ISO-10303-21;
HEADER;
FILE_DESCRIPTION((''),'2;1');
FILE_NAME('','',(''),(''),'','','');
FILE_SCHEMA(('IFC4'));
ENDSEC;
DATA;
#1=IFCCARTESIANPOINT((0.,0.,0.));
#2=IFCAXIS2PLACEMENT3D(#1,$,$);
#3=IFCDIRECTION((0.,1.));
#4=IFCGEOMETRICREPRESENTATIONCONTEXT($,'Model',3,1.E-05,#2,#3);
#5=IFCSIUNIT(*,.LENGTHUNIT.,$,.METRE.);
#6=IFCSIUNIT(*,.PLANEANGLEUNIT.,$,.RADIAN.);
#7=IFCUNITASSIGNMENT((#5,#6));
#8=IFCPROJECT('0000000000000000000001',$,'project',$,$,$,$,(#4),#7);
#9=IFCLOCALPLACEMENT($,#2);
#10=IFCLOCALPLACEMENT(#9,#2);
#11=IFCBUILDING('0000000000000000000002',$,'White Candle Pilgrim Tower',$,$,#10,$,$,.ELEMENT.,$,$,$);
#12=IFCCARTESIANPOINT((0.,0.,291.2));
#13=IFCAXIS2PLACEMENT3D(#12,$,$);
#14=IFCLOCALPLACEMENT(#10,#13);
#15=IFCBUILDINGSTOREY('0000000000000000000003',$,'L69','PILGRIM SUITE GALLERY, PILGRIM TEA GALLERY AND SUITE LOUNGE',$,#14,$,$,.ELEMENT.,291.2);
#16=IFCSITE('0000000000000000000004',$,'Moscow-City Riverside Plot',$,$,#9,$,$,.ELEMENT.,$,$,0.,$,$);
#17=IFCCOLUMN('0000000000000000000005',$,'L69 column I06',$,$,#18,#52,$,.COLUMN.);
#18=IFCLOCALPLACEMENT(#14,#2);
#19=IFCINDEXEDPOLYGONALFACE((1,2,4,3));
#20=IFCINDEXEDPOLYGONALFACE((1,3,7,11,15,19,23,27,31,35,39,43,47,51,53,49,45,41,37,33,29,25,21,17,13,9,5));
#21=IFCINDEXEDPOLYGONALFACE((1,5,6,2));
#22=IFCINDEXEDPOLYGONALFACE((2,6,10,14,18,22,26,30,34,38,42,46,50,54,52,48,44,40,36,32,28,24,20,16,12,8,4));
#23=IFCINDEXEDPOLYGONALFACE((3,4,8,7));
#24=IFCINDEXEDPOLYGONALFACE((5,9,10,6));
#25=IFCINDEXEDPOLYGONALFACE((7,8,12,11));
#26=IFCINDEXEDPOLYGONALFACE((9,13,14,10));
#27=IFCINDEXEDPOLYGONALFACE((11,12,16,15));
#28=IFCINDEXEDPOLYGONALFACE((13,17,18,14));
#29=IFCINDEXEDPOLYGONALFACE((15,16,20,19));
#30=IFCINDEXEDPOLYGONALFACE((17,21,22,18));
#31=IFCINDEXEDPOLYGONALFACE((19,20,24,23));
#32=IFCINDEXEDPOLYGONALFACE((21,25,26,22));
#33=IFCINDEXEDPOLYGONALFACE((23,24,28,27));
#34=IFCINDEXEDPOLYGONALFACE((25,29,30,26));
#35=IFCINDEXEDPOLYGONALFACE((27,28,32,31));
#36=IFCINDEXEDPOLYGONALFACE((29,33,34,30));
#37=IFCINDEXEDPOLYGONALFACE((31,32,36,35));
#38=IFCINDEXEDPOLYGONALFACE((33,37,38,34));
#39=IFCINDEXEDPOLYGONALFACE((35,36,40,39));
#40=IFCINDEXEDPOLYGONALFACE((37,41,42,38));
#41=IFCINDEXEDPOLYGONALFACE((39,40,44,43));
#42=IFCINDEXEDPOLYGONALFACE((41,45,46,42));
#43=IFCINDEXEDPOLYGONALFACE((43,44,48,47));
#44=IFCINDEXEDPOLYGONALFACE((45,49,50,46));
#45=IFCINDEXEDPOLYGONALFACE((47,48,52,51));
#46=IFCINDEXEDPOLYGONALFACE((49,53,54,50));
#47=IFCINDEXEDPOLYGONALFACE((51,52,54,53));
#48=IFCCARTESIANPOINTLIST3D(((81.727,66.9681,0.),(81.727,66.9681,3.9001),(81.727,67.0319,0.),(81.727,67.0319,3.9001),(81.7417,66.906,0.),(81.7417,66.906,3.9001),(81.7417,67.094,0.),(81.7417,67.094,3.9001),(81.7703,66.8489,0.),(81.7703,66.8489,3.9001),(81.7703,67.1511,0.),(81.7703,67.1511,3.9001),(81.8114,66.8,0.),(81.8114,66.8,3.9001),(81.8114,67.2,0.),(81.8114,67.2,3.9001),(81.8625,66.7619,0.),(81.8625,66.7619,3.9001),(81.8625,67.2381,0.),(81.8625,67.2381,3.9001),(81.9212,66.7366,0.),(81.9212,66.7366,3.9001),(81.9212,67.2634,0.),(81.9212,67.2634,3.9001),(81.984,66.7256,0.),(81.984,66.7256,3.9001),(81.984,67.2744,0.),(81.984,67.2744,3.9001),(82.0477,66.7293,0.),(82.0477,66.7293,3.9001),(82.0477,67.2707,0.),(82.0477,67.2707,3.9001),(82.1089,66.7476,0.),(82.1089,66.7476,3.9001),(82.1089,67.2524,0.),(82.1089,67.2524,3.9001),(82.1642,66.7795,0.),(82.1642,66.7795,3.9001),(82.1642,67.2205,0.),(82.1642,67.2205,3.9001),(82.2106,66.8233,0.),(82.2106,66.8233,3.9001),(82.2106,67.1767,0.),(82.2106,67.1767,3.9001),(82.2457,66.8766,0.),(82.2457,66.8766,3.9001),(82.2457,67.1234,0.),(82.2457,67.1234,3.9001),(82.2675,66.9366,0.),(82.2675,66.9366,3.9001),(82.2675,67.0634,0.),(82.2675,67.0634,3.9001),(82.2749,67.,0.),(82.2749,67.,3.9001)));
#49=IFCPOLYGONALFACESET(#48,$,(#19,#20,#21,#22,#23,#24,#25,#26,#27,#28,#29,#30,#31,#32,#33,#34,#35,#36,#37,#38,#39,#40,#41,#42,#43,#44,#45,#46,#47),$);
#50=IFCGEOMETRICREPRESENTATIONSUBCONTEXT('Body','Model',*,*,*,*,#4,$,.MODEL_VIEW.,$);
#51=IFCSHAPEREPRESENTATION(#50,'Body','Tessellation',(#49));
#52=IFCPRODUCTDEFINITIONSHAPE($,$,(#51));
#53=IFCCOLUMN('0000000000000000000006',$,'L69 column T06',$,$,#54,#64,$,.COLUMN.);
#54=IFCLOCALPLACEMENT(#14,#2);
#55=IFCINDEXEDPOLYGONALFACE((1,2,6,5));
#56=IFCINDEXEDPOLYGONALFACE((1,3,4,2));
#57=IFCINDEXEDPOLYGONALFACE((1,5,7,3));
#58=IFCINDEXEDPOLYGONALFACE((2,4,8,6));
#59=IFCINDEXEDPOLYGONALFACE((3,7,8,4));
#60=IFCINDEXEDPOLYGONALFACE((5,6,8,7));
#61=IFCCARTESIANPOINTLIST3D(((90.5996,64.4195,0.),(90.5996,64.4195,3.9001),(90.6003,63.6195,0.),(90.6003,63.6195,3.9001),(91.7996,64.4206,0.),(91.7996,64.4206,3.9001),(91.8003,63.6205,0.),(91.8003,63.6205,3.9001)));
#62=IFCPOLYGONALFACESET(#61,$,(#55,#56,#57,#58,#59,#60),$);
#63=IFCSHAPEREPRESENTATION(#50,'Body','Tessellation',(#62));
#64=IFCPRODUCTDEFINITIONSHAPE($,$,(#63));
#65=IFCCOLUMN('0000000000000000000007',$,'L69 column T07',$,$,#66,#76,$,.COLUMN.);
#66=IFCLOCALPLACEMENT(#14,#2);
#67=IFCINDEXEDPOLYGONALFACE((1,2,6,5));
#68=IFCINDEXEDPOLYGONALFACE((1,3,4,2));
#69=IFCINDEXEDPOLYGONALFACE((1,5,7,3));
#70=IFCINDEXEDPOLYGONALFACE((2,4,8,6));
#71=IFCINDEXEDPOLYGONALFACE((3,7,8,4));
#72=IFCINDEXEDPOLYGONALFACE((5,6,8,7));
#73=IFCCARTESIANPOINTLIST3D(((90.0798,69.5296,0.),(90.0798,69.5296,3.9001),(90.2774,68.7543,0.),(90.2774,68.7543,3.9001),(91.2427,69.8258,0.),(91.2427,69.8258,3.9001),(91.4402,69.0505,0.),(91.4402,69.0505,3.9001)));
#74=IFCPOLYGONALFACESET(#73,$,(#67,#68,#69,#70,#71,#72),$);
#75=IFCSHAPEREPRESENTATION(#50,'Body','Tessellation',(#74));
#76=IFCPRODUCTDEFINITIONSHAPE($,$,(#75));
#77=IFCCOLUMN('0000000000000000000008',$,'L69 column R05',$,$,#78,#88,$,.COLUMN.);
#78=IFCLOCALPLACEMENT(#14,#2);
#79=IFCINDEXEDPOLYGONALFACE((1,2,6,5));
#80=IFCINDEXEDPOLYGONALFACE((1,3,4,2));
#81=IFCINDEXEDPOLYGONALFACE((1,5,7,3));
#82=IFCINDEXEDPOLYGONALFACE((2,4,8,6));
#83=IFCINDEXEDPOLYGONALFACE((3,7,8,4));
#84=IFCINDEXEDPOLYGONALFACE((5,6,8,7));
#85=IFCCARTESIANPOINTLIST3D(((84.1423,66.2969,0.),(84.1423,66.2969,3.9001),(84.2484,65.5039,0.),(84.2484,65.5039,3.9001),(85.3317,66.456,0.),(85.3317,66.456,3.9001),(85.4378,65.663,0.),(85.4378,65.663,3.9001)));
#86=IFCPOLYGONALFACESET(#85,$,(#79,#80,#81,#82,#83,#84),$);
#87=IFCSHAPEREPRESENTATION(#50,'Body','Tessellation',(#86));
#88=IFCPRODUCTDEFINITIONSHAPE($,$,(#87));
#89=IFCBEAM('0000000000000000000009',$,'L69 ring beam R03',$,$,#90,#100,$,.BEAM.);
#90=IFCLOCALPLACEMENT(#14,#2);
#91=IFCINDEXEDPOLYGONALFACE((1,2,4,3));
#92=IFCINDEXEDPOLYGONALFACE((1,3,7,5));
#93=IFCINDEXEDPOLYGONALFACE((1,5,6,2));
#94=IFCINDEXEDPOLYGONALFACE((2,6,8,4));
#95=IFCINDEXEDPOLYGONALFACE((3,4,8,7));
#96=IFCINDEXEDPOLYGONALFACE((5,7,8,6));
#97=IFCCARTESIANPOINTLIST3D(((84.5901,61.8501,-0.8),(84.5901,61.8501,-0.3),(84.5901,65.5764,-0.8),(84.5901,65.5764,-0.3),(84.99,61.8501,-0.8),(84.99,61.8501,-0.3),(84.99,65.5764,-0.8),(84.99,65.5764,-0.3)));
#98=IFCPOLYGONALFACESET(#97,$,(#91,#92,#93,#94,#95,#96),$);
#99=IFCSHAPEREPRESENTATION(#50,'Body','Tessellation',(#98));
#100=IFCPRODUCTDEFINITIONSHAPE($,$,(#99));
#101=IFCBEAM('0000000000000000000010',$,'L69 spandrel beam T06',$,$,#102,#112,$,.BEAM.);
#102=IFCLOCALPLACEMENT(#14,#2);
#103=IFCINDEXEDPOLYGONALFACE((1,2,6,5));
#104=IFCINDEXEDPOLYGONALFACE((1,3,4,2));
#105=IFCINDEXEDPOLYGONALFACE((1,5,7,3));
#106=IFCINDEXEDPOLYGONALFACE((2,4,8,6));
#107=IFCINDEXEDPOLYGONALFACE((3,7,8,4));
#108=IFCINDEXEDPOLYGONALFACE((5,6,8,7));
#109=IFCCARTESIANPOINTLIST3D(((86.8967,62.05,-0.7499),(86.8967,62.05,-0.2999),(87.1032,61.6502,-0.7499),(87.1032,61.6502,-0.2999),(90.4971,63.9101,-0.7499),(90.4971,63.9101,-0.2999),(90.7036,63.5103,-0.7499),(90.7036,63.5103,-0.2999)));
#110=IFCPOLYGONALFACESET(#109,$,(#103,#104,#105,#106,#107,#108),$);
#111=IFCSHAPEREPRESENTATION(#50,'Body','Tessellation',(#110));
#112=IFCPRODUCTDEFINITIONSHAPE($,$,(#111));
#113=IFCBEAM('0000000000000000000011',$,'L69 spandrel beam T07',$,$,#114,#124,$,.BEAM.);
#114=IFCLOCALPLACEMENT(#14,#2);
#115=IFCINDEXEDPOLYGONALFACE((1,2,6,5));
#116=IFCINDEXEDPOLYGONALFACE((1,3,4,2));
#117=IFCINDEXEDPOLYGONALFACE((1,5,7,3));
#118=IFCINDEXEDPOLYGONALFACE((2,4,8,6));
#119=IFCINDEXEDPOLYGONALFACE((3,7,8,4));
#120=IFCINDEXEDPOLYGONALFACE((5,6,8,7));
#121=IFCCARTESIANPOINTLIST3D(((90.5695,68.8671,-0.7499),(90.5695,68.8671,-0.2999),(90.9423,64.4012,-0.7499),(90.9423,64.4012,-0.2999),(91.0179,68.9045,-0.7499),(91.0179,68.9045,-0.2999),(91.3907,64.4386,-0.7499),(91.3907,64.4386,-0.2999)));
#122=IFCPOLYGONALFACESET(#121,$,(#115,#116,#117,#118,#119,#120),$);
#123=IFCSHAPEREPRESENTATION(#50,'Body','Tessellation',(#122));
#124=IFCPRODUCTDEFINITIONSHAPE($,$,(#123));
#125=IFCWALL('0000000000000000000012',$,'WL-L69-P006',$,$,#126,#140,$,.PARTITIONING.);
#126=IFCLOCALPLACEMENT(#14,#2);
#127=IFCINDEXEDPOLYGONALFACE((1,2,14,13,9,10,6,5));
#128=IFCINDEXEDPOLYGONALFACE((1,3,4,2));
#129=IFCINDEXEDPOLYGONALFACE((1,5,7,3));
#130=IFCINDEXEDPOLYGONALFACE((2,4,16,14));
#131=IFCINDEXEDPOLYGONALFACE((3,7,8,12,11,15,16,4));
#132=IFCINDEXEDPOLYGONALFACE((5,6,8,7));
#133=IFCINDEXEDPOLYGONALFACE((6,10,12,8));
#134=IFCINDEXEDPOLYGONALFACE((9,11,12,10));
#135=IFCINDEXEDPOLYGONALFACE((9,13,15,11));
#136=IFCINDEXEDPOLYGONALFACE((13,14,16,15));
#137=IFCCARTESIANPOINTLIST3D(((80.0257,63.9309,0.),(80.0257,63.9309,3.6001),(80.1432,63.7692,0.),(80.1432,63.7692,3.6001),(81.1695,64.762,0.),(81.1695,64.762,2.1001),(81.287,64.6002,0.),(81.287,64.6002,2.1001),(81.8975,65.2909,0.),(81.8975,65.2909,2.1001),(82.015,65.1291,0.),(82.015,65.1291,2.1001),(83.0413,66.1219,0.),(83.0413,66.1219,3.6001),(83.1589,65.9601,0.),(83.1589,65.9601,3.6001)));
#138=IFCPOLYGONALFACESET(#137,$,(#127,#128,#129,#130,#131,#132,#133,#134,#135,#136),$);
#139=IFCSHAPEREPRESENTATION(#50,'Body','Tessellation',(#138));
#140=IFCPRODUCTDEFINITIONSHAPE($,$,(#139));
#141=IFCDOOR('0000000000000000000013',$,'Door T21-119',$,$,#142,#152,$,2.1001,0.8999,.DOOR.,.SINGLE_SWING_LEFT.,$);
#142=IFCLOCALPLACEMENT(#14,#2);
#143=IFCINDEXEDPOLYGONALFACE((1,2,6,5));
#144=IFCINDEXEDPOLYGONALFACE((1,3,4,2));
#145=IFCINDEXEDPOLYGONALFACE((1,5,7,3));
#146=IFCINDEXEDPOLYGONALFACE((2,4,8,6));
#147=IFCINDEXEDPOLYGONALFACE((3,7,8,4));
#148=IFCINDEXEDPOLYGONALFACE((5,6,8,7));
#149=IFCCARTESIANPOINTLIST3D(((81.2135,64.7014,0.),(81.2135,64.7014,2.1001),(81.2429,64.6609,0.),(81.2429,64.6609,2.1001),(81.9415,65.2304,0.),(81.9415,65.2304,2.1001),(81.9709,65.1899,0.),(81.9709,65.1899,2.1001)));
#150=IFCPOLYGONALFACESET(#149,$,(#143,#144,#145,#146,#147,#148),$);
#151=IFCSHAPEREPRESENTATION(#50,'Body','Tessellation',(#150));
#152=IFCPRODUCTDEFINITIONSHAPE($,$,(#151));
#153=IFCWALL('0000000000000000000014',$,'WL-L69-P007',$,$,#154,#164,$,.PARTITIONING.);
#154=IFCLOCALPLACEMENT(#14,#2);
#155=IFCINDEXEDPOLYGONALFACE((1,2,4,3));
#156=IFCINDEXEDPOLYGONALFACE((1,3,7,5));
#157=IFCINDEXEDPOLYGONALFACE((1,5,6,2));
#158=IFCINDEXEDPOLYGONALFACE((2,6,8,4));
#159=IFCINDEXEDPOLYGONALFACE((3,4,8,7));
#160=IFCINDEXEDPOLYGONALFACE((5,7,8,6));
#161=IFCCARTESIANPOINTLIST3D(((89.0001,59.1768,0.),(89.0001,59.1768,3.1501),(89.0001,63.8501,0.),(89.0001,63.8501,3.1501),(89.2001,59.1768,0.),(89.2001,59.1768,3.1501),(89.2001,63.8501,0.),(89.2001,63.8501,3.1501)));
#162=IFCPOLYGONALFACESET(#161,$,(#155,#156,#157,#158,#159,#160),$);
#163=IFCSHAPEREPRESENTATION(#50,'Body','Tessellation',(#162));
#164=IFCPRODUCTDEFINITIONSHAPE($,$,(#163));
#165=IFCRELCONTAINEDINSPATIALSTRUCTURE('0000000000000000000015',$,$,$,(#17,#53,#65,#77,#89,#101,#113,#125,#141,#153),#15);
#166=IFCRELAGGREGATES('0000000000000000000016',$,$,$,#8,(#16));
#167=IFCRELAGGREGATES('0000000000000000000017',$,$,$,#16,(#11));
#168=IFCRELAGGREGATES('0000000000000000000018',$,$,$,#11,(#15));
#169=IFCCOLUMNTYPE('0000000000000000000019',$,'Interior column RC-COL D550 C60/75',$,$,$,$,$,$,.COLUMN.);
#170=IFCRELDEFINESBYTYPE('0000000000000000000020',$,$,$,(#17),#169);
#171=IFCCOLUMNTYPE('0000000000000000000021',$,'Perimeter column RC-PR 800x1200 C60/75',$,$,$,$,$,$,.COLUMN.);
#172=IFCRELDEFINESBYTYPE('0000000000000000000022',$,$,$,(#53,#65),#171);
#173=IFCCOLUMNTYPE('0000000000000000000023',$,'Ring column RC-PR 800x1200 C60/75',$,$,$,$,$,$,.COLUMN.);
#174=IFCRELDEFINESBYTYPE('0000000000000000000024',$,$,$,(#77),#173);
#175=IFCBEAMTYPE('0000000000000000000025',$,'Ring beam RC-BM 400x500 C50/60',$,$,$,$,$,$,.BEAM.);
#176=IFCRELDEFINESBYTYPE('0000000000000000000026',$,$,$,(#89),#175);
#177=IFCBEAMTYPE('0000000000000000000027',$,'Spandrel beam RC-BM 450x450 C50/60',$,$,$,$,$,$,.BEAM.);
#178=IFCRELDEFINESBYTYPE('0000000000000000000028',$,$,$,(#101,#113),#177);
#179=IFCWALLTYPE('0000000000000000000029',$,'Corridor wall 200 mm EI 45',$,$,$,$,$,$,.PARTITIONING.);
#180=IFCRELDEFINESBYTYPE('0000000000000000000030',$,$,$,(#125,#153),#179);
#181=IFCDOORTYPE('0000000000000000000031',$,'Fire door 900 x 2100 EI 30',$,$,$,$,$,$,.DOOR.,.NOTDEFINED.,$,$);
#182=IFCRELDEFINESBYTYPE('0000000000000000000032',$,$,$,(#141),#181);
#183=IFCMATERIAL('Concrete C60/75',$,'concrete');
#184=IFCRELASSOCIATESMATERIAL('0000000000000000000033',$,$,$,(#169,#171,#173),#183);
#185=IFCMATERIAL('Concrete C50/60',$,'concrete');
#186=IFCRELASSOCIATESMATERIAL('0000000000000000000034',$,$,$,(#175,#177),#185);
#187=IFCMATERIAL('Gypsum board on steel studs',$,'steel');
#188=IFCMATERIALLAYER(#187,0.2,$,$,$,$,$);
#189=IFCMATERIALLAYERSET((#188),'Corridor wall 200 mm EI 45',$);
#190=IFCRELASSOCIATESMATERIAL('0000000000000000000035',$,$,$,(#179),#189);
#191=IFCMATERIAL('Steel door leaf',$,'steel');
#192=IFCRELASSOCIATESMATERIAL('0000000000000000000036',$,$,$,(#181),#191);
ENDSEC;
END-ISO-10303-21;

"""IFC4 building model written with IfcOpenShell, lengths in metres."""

from ifc_helpers import new_model, si_unit, direction, frame, frame_2d, origin, origin_2d, place, context, subcontext, project, spatial, rectangle, circle, extrude, material, layer, layer_set, material_profile, profile_set, type_object, element, fill, save


model = new_model("IFC4")

# Units and contexts
model_context = context("Model", 3, precision=1e-05, world=origin(), true_north=direction((0.0, 1.0)))
body_context = subcontext(model_context, "Body", "Model", "MODEL_VIEW")
ifc_project = project(units=[si_unit("LENGTHUNIT", "METRE"), si_unit("PLANEANGLEUNIT", "RADIAN")], contexts=[model_context])

# Site, building, storey
site_placement = place(None, origin())
site = spatial("IfcSite", under=ifc_project, at=site_placement, Name="Moscow-City Riverside Plot", CompositionType="ELEMENT", RefElevation=0.0)
building_placement = place(site_placement, origin())
building = spatial("IfcBuilding", under=site, at=building_placement, Name="White Candle Pilgrim Tower", CompositionType="ELEMENT")
storey_placement = place(building_placement, frame((0.0, 0.0, 291.2)))
storey = spatial("IfcBuildingStorey", under=building, at=storey_placement, Name="L69", Description="PILGRIM SUITE GALLERY, PILGRIM TEA GALLERY AND SUITE LOUNGE", CompositionType="ELEMENT", Elevation=291.2)

# Columns
ifc_material_1 = material(Name="Concrete C60/75", Category="concrete")
ifc_material_profile_1 = material_profile(ifc_material_1, circle(Radius=0.2749, at=origin_2d()), Name="RC-COL D550")
ifc_profile_set_1 = profile_set([ifc_material_profile_1], Name="Concrete C60/75")
column_type_1 = type_object("IfcColumnType", Name="Interior column RC-COL D550 C60/75", PredefinedType="COLUMN", material=ifc_profile_set_1)
column_1_placement = place(storey_placement, frame((82.0, 67.0, 0.0), z_axis=(0.0, 0.0, 1.0), x_axis=(1.0, 0.0, 0.0)))
element("IfcColumn", 1, at=column_1_placement, inside=storey, type_object=column_type_1, Name="L69 column I06", PredefinedType="COLUMN", context=body_context, shape_type="SweptSolid", body=[
    extrude(circle(Radius=0.2749, at=origin_2d()), origin(), (0.0, 0.0, 1.0), 3.9001),
])
ifc_material_profile_2 = material_profile(ifc_material_1, rectangle(XDim=0.8, YDim=1.2, at=origin_2d()), Name="RC-PR 800x1200")
ifc_profile_set_2 = profile_set([ifc_material_profile_2], Name="Concrete C60/75")
column_type_2 = type_object("IfcColumnType", Name="Perimeter column RC-PR 800x1200 C60/75", PredefinedType="COLUMN", material=ifc_profile_set_2)
for number, where, z_axis, x_axis, name in (
    (2, (91.2, 64.02, 0.0), (0.0, 0.0, 1.0), (0.000855, -1.0, 0.0), "L69 column T06"),
    (3, (90.76, 69.29, 0.0), (0.0, 0.0, 1.0), (0.246881, -0.969046, 0.0), "L69 column T07"),
):
    element("IfcColumn", number, at=place(storey_placement, frame(where, z_axis=z_axis, x_axis=x_axis)), inside=storey, type_object=column_type_2, Name=name, PredefinedType="COLUMN", context=body_context, shape_type="SweptSolid", body=[
        extrude(rectangle(XDim=0.8, YDim=1.2, at=origin_2d()), origin(), (0.0, 0.0, 1.0), 3.9001),
    ])
ifc_material_profile_3 = material_profile(ifc_material_1, rectangle(XDim=0.8, YDim=1.2, at=origin_2d()), Name="RC-PR 800x1200")
ifc_profile_set_3 = profile_set([ifc_material_profile_3], Name="Concrete C60/75")
column_type_3 = type_object("IfcColumnType", Name="Ring column RC-PR 800x1200 C60/75", PredefinedType="COLUMN", material=ifc_profile_set_3)
column_2_placement = place(storey_placement, frame((84.79, 65.98, 0.0), z_axis=(0.0, 0.0, 1.0), x_axis=(0.132602, -0.991169, 0.0)))
element("IfcColumn", 4, at=column_2_placement, inside=storey, type_object=column_type_3, Name="L69 column R05", PredefinedType="COLUMN", context=body_context, shape_type="SweptSolid", body=[
    extrude(rectangle(XDim=0.8, YDim=1.2, at=origin_2d()), origin(), (0.0, 0.0, 1.0), 3.9001),
])

# Beams
ifc_material_2 = material(Name="Concrete C50/60", Category="concrete")
ifc_material_profile_4 = material_profile(ifc_material_2, rectangle(XDim=0.3999, YDim=0.5, at=origin_2d()), Name="RC-BM 400x500")
ifc_profile_set_4 = profile_set([ifc_material_profile_4], Name="Concrete C50/60")
beam_type_1 = type_object("IfcBeamType", Name="Ring beam RC-BM 400x500 C50/60", PredefinedType="BEAM", material=ifc_profile_set_4)
beam_1_placement = place(storey_placement, frame((84.79, 65.5764, -0.55), z_axis=(0.0, -1.0, 0.0), x_axis=(1.0, 0.0, 0.0)))
element("IfcBeam", 5, at=beam_1_placement, inside=storey, type_object=beam_type_1, Name="L69 ring beam R03", PredefinedType="BEAM", context=body_context, shape_type="SweptSolid", body=[
    extrude(rectangle(XDim=0.3999, YDim=0.5, at=origin_2d()), origin(), (0.0, 0.0, 1.0), 3.7263),
])
ifc_material_profile_5 = material_profile(ifc_material_2, rectangle(XDim=0.45, YDim=0.45, at=origin_2d()), Name="RC-BM 450x450")
ifc_profile_set_5 = profile_set([ifc_material_profile_5], Name="Concrete C50/60")
beam_type_2 = type_object("IfcBeamType", Name="Spandrel beam RC-BM 450x450 C50/60", PredefinedType="BEAM", material=ifc_profile_set_5)
beam_2_placement = place(storey_placement, frame((90.6003, 63.7102, -0.5249), z_axis=(-0.888433, -0.459007, 0.0), x_axis=(0.459007, -0.888433, 0.0)))
element("IfcBeam", 6, at=beam_2_placement, inside=storey, type_object=beam_type_2, Name="L69 spandrel beam T06", PredefinedType="BEAM", context=body_context, shape_type="SweptSolid", body=[
    extrude(rectangle(XDim=0.45, YDim=0.45, at=origin_2d()), origin(), (0.0, 0.0, 1.0), 4.0525),
])
beam_3_placement = place(storey_placement, frame((91.1665, 64.4199, -0.5249), z_axis=(-0.08319, 0.996534, 0.0), x_axis=(-0.996534, -0.08319, 0.0)))
element("IfcBeam", 7, at=beam_3_placement, inside=storey, type_object=beam_type_2, Name="L69 spandrel beam T07", PredefinedType="BEAM", context=body_context, shape_type="SweptSolid", body=[
    extrude(rectangle(XDim=0.45, YDim=0.45, at=origin_2d()), origin(), (0.0, 0.0, 1.0), 4.4814),
])

# Wall, opening, door
ifc_material_3 = material(Name="Gypsum board on steel studs", Category="steel")
ifc_layer_1 = layer(ifc_material_3, 0.2)
ifc_layer_set_1 = layer_set([ifc_layer_1], Name="Corridor wall 200 mm EI 45")
wall_type_1 = type_object("IfcWallType", Name="Corridor wall 200 mm EI 45", PredefinedType="PARTITIONING", material=ifc_layer_set_1)
wall_1_placement = place(storey_placement, frame((83.1001, 66.041, 0.0), z_axis=(0.0, 0.0, 1.0), x_axis=(-0.809025, -0.587774, 0.0)))
wall_1 = element("IfcWall", 8, at=wall_1_placement, inside=storey, type_object=wall_type_1, Name="WL-L69-P006", PredefinedType="PARTITIONING", context=body_context, shape_type="SweptSolid", body=[
    extrude(rectangle(XDim=3.7275, YDim=0.2, at=frame_2d((1.8638, 0.0))), origin(), (0.0, 0.0, 1.0), 3.6001),
])
opening_1_placement = place(wall_1_placement, frame((1.4138, 0.0, 0.0)))
opening_1 = element("IfcOpeningElement", 9, at=opening_1_placement, cuts=wall_1, PredefinedType="OPENING", context=body_context, shape_type="SweptSolid", body=[
    extrude(rectangle(XDim=0.8999, YDim=2.1001, at=frame_2d((0.45, 1.05))), frame((0.0, 0.1099, 0.0), z_axis=(0.0, -1.0, 0.0), x_axis=(1.0, 0.0, 0.0)), (0.0, 0.0, 1.0), 0.22),
])
ifc_material_4 = material(Name="Steel door leaf", Category="steel")
door_type = type_object("IfcDoorType", Name="Fire door 900 x 2100 EI 30", OperationType="NOTDEFINED", PredefinedType="DOOR", material=ifc_material_4)
door_1_placement = place(opening_1_placement, origin())
door_1 = element("IfcDoor", 10, at=door_1_placement, inside=storey, type_object=door_type, Name="Door T21-119", OperationType="SINGLE_SWING_LEFT", OverallHeight=2.1001, OverallWidth=0.8999, PredefinedType="DOOR", context=body_context, shape_type="SweptSolid", body=[
    extrude(rectangle(XDim=0.8999, YDim=2.1001, at=frame_2d((0.45, 1.05))), frame((0.0, 0.0249, 0.0), z_axis=(0.0, -1.0, 0.0), x_axis=(1.0, 0.0, 0.0)), (0.0, 0.0, 1.0), 0.05),
])
fill(opening_1, door_1)

# Wall
wall_2_placement = place(storey_placement, frame((89.1001, 63.8501, 0.0), z_axis=(0.0, 0.0, 1.0), x_axis=(0.0, -1.0, 0.0)))
element("IfcWall", 11, at=wall_2_placement, inside=storey, type_object=wall_type_1, Name="WL-L69-P007", PredefinedType="PARTITIONING", context=body_context, shape_type="SweptSolid", body=[
    extrude(rectangle(XDim=4.6733, YDim=0.2, at=frame_2d((2.3367, 0.0))), origin(), (0.0, 0.0, 1.0), 3.1501),
])

save(model, "model.ifc")
